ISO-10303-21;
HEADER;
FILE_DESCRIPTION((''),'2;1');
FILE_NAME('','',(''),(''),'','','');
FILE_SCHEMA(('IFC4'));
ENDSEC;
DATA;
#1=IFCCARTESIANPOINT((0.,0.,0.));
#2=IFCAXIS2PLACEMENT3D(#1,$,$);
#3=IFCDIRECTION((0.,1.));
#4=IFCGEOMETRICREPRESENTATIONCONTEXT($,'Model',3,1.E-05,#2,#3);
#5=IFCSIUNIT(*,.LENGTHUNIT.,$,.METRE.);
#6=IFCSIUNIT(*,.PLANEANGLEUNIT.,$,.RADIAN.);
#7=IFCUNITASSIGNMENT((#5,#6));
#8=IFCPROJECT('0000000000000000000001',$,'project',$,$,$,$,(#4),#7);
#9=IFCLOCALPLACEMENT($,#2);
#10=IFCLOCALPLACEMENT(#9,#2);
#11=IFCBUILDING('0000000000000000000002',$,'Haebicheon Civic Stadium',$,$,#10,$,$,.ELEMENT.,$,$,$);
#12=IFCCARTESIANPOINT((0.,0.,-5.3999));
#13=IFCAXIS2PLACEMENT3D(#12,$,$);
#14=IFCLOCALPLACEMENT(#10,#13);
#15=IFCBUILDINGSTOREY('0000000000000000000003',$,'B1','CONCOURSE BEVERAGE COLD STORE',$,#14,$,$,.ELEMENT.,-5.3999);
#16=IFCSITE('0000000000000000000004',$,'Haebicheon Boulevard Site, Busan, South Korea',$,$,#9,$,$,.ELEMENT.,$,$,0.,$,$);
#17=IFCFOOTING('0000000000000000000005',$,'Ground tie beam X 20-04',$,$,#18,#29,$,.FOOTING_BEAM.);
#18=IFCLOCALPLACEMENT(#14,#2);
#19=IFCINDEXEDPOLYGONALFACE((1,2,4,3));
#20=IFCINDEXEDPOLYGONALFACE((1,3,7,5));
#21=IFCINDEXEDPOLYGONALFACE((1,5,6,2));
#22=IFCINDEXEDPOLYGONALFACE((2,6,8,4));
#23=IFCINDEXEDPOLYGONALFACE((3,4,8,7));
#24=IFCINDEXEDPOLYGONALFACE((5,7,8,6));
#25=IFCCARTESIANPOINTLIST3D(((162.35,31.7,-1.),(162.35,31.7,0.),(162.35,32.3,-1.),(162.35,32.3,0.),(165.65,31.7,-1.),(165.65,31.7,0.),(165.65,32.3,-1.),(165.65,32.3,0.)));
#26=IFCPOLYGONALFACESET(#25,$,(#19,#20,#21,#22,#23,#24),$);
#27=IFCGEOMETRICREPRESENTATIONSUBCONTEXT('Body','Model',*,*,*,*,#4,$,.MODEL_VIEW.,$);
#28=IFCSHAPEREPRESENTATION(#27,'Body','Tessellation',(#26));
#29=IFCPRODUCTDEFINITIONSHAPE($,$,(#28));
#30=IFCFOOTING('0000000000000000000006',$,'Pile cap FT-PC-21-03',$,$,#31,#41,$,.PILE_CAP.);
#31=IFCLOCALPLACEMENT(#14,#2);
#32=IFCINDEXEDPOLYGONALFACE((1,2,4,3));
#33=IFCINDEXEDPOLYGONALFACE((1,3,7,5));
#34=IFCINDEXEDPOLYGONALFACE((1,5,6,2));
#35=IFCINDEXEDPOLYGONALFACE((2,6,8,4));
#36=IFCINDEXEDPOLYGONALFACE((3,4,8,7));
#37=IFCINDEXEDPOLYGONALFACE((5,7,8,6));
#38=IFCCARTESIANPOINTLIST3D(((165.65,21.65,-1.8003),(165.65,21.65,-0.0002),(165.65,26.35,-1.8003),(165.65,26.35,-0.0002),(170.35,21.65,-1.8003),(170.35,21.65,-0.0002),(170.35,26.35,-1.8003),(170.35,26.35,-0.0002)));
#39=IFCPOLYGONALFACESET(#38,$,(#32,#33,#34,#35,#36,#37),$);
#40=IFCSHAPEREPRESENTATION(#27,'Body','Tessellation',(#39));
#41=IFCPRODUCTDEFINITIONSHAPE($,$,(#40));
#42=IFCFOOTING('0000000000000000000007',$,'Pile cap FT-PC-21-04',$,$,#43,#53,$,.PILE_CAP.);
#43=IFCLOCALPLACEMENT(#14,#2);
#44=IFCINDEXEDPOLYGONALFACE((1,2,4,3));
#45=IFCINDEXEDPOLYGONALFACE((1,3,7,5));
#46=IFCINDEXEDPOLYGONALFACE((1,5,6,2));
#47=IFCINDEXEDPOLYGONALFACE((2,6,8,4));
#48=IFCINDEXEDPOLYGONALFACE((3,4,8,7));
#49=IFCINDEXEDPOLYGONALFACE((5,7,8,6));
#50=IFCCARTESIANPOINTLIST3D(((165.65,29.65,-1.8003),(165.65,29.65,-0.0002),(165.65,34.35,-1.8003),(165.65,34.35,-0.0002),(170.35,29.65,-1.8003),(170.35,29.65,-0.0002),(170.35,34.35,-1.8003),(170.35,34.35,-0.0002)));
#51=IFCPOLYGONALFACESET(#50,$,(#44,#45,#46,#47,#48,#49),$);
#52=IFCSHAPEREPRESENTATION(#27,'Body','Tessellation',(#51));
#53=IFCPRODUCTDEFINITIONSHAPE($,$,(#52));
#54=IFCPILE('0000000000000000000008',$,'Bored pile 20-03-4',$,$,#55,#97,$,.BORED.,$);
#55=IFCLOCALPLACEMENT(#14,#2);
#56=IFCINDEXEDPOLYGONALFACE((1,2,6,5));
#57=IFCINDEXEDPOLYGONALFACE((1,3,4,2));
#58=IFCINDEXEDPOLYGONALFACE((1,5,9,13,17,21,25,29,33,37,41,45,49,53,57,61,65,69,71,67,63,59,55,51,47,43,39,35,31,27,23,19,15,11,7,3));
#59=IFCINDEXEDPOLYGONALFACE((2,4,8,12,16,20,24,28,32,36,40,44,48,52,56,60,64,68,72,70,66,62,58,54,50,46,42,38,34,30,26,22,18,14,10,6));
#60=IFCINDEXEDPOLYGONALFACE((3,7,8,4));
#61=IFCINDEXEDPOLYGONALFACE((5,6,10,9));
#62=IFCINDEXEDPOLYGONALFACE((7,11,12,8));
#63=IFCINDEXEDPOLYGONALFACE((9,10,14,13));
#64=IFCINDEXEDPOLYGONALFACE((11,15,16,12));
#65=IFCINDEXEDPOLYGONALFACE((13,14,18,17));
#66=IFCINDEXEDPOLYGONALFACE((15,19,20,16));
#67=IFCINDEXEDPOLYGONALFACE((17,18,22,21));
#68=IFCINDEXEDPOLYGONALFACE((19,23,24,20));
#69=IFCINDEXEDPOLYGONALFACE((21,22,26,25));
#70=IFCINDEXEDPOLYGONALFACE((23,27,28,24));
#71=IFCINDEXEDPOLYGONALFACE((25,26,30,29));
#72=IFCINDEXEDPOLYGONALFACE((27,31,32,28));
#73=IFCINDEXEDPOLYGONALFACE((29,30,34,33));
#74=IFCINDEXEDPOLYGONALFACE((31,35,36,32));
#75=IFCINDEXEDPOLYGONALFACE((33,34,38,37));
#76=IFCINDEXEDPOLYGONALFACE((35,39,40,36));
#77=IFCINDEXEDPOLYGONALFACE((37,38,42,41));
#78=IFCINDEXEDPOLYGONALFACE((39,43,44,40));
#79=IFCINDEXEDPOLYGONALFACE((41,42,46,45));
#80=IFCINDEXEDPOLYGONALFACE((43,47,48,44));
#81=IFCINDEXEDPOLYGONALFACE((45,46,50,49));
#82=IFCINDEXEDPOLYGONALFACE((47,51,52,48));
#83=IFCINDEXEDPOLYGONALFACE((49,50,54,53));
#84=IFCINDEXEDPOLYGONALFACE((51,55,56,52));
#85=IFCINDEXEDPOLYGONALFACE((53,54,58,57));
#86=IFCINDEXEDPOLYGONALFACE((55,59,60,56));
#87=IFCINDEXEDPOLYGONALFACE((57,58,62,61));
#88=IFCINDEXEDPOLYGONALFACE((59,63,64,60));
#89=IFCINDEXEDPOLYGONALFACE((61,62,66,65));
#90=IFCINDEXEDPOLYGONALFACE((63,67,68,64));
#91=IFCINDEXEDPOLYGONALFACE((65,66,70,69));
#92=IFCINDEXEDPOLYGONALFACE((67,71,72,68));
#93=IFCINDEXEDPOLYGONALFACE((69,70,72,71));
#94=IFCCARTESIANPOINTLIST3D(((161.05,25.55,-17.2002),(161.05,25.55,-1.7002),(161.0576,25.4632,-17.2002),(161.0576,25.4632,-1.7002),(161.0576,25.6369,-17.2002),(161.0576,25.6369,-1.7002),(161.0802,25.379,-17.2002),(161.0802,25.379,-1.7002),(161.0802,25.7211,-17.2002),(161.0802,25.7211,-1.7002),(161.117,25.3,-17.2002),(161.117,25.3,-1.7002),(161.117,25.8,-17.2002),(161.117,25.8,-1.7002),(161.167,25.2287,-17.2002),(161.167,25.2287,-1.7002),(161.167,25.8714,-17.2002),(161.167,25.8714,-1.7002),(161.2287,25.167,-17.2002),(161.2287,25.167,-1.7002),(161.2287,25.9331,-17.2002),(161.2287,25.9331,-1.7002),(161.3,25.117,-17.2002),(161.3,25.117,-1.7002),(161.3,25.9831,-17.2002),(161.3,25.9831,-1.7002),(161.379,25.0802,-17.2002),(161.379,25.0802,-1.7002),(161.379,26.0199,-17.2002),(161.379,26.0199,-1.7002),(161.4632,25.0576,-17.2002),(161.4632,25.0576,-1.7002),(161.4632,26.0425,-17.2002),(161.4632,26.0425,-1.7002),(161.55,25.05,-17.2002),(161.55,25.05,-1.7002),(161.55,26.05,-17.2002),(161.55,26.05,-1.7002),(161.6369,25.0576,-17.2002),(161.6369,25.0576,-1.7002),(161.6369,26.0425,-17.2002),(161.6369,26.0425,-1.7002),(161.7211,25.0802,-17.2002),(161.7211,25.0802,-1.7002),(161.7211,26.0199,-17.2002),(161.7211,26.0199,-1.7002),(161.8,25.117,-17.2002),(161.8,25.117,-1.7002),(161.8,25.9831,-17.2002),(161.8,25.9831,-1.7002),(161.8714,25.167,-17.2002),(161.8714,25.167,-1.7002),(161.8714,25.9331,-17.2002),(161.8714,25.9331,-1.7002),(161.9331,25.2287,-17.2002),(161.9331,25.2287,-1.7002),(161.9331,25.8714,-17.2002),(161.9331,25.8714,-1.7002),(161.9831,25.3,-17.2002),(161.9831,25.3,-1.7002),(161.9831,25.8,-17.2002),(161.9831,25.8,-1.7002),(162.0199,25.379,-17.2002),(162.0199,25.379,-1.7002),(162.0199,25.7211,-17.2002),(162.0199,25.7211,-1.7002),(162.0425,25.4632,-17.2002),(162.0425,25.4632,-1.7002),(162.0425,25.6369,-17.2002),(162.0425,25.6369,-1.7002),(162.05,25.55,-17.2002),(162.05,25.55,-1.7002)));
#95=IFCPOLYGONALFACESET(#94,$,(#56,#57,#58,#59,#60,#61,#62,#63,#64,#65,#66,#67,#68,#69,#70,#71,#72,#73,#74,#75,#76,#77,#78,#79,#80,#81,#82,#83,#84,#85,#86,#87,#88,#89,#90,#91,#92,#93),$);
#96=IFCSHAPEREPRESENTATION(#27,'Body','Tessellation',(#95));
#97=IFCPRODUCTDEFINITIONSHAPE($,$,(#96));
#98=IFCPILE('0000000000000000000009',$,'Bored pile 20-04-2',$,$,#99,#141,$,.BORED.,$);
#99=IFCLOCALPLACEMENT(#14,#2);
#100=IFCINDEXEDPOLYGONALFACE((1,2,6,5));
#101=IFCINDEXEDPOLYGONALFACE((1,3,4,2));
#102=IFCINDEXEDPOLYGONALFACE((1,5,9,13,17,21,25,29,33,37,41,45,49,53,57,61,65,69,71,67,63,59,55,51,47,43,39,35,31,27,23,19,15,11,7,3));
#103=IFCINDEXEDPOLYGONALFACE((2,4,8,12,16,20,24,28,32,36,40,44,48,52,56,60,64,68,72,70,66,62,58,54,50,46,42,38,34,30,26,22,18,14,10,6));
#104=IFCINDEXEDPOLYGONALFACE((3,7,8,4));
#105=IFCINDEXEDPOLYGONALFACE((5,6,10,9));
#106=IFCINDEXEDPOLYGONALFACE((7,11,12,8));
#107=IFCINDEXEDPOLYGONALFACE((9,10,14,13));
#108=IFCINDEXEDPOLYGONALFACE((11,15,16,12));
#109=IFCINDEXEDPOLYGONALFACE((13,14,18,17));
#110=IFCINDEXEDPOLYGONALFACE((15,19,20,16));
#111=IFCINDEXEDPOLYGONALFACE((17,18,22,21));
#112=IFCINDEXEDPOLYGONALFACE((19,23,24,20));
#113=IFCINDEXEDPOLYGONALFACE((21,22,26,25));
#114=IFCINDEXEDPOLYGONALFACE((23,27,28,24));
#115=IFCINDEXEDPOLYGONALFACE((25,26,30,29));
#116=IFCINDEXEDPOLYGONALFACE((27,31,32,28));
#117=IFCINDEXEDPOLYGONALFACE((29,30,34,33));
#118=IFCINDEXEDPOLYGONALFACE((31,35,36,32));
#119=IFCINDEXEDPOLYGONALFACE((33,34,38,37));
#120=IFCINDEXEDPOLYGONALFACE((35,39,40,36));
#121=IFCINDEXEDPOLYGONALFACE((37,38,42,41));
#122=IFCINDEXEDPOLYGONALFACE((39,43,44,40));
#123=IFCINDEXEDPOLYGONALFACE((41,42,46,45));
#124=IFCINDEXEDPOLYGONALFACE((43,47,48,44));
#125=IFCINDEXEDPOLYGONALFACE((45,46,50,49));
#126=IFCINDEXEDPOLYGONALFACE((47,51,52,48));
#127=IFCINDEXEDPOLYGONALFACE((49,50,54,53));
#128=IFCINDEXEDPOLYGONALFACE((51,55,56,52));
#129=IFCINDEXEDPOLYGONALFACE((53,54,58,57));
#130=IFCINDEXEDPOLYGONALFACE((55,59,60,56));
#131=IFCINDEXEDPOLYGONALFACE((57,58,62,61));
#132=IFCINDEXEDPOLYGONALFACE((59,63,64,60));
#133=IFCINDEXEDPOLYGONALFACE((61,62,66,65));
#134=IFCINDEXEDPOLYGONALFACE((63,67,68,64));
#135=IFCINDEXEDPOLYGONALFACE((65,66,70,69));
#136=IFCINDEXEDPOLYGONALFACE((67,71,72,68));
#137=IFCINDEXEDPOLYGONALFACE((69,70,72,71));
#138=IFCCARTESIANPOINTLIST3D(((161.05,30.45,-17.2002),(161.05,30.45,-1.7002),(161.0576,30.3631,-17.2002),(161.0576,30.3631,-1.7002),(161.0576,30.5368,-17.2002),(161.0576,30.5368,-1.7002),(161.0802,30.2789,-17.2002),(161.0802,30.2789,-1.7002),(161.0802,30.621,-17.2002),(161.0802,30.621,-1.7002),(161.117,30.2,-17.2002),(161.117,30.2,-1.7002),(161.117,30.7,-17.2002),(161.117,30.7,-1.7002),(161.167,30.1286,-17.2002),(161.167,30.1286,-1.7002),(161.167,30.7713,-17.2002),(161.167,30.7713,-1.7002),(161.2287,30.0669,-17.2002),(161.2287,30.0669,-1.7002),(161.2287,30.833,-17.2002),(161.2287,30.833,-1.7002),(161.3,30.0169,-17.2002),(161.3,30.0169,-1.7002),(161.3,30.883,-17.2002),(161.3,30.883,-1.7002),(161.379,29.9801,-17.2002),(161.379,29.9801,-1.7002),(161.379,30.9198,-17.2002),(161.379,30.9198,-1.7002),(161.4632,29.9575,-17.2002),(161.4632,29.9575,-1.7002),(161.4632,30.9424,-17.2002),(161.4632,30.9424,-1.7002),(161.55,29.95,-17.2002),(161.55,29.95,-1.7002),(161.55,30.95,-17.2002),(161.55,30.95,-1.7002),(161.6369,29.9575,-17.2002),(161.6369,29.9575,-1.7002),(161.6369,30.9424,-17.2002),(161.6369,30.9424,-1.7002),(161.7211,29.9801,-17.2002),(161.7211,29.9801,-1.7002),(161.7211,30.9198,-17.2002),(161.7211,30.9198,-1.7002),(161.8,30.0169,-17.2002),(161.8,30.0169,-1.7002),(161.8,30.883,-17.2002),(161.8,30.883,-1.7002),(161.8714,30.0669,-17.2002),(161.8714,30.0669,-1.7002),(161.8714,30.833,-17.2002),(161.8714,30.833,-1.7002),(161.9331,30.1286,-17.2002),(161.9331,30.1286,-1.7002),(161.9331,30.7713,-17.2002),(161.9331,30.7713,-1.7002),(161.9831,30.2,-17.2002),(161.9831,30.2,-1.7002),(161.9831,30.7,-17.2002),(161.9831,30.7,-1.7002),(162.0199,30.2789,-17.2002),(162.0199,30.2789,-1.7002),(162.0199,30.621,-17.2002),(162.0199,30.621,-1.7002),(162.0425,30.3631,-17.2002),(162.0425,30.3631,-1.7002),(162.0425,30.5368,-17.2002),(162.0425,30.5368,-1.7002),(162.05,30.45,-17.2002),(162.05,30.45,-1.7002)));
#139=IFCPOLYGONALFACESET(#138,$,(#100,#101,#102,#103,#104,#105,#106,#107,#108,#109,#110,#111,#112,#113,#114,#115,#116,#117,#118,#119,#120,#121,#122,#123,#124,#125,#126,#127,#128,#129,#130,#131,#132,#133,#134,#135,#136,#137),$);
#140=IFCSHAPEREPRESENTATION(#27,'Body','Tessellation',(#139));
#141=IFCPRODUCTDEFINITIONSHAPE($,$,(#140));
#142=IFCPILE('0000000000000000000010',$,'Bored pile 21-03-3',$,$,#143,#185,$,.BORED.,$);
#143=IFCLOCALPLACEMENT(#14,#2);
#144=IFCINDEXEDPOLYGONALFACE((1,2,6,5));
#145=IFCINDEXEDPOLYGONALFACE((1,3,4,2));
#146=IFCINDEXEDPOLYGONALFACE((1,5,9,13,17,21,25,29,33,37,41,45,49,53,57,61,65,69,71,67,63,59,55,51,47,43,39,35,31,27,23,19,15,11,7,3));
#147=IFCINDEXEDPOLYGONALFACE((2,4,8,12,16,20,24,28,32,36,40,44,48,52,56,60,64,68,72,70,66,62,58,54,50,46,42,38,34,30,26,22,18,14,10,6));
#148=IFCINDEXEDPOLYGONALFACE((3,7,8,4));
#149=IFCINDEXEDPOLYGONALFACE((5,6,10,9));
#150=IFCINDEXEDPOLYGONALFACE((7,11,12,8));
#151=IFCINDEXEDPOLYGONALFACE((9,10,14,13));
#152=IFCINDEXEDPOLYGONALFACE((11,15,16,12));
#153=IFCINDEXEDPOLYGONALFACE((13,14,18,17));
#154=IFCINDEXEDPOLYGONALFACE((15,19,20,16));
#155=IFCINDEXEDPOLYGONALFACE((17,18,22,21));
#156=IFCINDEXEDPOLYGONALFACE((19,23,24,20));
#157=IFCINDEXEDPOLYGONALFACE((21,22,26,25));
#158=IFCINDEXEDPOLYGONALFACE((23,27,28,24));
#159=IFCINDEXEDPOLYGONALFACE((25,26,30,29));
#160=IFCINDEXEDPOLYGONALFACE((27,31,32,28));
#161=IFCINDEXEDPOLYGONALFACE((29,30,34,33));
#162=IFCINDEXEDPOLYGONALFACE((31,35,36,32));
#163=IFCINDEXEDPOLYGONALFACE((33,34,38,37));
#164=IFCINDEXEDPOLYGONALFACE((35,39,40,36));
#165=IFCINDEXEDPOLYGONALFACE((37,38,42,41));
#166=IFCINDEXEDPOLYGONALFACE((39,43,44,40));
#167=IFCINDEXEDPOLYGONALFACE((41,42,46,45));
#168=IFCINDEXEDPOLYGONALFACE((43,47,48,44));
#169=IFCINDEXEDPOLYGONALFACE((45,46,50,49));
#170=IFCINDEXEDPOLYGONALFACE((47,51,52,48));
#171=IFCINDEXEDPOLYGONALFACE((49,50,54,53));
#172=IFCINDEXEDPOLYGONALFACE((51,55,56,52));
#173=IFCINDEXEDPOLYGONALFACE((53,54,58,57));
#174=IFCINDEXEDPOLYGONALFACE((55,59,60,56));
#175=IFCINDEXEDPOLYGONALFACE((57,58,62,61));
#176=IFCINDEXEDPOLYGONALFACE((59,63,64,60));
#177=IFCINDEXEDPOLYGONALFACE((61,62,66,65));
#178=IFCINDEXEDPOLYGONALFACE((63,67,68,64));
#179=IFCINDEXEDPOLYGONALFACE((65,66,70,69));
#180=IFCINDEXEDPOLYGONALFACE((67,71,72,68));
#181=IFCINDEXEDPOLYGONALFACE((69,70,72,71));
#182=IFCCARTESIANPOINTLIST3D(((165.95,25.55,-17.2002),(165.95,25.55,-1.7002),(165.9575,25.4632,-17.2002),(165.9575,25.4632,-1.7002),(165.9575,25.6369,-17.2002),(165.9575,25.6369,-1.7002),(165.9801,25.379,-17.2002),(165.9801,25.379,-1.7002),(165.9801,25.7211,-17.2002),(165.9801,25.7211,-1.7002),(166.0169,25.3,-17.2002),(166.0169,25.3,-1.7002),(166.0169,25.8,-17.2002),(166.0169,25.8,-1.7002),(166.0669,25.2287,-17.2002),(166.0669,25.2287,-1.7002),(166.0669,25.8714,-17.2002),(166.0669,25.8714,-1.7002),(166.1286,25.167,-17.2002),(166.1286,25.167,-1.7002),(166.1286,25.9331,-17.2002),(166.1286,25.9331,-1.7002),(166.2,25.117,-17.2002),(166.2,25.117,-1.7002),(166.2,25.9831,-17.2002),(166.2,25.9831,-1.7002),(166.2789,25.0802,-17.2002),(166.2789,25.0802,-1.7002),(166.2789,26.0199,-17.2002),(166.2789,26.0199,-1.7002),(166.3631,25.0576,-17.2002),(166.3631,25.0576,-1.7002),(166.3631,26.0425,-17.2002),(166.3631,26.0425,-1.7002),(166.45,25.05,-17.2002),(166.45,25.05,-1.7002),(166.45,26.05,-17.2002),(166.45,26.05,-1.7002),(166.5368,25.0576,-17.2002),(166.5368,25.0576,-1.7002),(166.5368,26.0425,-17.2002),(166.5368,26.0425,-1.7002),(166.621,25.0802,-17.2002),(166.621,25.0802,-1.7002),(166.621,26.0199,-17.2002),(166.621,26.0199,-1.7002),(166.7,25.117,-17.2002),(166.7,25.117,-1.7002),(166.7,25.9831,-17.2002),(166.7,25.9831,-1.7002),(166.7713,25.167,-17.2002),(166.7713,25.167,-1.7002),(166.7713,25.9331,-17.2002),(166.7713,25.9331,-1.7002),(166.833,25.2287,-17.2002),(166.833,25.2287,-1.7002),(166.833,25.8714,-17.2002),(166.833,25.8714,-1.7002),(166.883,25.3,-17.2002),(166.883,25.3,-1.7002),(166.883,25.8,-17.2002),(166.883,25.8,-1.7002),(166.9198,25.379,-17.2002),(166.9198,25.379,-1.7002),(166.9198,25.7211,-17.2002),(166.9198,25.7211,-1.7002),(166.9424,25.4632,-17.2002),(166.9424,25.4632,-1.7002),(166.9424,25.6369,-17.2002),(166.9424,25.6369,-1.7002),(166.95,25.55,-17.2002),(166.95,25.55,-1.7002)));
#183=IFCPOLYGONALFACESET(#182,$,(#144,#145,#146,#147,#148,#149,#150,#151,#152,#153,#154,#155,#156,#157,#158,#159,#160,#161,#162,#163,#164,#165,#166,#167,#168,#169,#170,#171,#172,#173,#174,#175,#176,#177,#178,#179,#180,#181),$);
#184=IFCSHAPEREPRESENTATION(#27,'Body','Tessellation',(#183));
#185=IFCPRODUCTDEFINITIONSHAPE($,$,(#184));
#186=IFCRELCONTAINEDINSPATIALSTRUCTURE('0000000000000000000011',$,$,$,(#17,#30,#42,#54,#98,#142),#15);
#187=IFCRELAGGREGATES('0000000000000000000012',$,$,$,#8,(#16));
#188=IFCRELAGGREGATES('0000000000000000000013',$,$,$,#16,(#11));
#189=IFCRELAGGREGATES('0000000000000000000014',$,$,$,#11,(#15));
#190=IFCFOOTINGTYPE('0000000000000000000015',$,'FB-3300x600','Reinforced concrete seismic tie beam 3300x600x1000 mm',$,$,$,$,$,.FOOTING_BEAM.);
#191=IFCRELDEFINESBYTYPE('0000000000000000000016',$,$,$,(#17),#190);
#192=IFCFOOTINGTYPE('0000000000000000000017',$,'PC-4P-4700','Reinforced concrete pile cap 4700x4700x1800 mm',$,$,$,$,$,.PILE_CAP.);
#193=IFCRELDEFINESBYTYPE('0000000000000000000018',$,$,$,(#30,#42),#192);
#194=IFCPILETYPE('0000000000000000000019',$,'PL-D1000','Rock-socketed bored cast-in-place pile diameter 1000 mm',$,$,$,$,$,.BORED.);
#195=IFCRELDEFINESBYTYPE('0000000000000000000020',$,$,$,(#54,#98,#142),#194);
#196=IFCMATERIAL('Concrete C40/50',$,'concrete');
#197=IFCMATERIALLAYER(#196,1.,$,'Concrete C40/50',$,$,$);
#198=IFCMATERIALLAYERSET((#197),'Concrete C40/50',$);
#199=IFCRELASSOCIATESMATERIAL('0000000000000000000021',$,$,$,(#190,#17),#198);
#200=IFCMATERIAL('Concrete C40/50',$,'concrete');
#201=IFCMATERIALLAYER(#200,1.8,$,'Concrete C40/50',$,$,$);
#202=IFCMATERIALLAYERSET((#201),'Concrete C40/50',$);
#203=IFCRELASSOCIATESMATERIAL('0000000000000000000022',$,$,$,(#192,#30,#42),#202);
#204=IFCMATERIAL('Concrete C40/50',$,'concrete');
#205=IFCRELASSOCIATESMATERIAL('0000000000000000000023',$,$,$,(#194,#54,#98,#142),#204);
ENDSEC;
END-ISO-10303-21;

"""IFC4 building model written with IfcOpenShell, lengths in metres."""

from ifc_helpers import new_model, si_unit, direction, frame, origin, origin_2d, place, context, subcontext, project, spatial, rectangle, circle, extrude, material, layer, layer_set, material_profile, profile_set, type_object, element, save


model = new_model("IFC4")

# Units and contexts
model_context = context("Model", 3, precision=1e-05, world=origin(), true_north=direction((0.0, 1.0)))
body_context = subcontext(model_context, "Body", "Model", "MODEL_VIEW")
ifc_project = project(units=[si_unit("LENGTHUNIT", "METRE"), si_unit("PLANEANGLEUNIT", "RADIAN")], contexts=[model_context])

# Site, building, storey
site_placement = place(None, origin())
site = spatial("IfcSite", under=ifc_project, at=site_placement, Name="Haebicheon Boulevard Site, Busan, South Korea", CompositionType="ELEMENT", RefElevation=0.0)
building_placement = place(site_placement, origin())
building = spatial("IfcBuilding", under=site, at=building_placement, Name="Haebicheon Civic Stadium", CompositionType="ELEMENT")
storey_placement = place(building_placement, frame((0.0, 0.0, -5.3999)))
storey = spatial("IfcBuildingStorey", under=building, at=storey_placement, Name="B1", Description="CONCOURSE BEVERAGE COLD STORE", CompositionType="ELEMENT", Elevation=-5.3999)

# Footings
ifc_material_1 = material(Name="Concrete C40/50", Category="concrete")
ifc_layer_1 = layer(ifc_material_1, 1.0, Name="Concrete C40/50")
ifc_layer_set_1 = layer_set([ifc_layer_1], Name="Concrete C40/50")
footing_type_1 = type_object("IfcFootingType", Name="FB-3300x600", Description="Reinforced concrete seismic tie beam 3300x600x1000 mm", PredefinedType="FOOTING_BEAM", material=ifc_layer_set_1)
footing_placement = place(storey_placement, frame((164.0, 32.0, -1.0), z_axis=(0.0, 0.0, 1.0), x_axis=(1.0, 0.0, 0.0)))
element("IfcFooting", 1, at=footing_placement, inside=storey, type_object=footing_type_1, material=ifc_layer_set_1, Name="Ground tie beam X 20-04", PredefinedType="FOOTING_BEAM", context=body_context, shape_type="SweptSolid", body=[
    extrude(rectangle(XDim=3.3, YDim=0.6001, at=origin_2d()), origin(), (0.0, 0.0, 1.0), 1.0),
])
ifc_material_2 = material(Name="Concrete C40/50", Category="concrete")
ifc_layer_2 = layer(ifc_material_2, 1.8, Name="Concrete C40/50")
ifc_layer_set_2 = layer_set([ifc_layer_2], Name="Concrete C40/50")
footing_type_2 = type_object("IfcFootingType", Name="PC-4P-4700", Description="Reinforced concrete pile cap 4700x4700x1800 mm", PredefinedType="PILE_CAP", material=ifc_layer_set_2)
for number, where, z_axis, x_axis, name in (
    (2, (168.0, 24.0, -1.8003), (0.0, 0.0, 1.0), (1.0, 0.0, 0.0), "Pile cap FT-PC-21-03"),
    (3, (168.0, 32.0, -1.8003), (0.0, 0.0, 1.0), (1.0, 0.0, 0.0), "Pile cap FT-PC-21-04"),
):
    element("IfcFooting", number, at=place(storey_placement, frame(where, z_axis=z_axis, x_axis=x_axis)), inside=storey, type_object=footing_type_2, material=ifc_layer_set_2, Name=name, PredefinedType="PILE_CAP", context=body_context, shape_type="SweptSolid", body=[
        extrude(rectangle(XDim=4.7, YDim=4.7, at=origin_2d()), origin(), (0.0, 0.0, 1.0), 1.8),
    ])

# Piles
ifc_material_3 = material(Name="Concrete C40/50", Category="concrete")
ifc_material_profile_1 = material_profile(ifc_material_3, circle(Radius=0.5, at=origin_2d()), Name="PILE-D1000")
ifc_profile_set_1 = profile_set([ifc_material_profile_1], Name="Concrete C40/50")
pile_type = type_object("IfcPileType", Name="PL-D1000", Description="Rock-socketed bored cast-in-place pile diameter 1000 mm", PredefinedType="BORED", material=ifc_profile_set_1)
for number, where, z_axis, x_axis, name in (
    (4, (161.55, 25.55, -1.7002), (0.0, 0.0, -1.0), (1.0, 0.0, 0.0), "Bored pile 20-03-4"),
    (5, (161.55, 30.45, -1.7002), (0.0, 0.0, -1.0), (1.0, 0.0, 0.0), "Bored pile 20-04-2"),
    (6, (166.45, 25.55, -1.7002), (0.0, 0.0, -1.0), (1.0, 0.0, 0.0), "Bored pile 21-03-3"),
):
    element("IfcPile", number, at=place(storey_placement, frame(where, z_axis=z_axis, x_axis=x_axis)), inside=storey, type_object=pile_type, material=ifc_profile_set_1, Name=name, PredefinedType="BORED", context=body_context, shape_type="SweptSolid", body=[
        extrude(circle(Radius=0.5, at=origin_2d()), origin(), (0.0, 0.0, 1.0), 15.5),
    ])

save(model, "model.ifc")
